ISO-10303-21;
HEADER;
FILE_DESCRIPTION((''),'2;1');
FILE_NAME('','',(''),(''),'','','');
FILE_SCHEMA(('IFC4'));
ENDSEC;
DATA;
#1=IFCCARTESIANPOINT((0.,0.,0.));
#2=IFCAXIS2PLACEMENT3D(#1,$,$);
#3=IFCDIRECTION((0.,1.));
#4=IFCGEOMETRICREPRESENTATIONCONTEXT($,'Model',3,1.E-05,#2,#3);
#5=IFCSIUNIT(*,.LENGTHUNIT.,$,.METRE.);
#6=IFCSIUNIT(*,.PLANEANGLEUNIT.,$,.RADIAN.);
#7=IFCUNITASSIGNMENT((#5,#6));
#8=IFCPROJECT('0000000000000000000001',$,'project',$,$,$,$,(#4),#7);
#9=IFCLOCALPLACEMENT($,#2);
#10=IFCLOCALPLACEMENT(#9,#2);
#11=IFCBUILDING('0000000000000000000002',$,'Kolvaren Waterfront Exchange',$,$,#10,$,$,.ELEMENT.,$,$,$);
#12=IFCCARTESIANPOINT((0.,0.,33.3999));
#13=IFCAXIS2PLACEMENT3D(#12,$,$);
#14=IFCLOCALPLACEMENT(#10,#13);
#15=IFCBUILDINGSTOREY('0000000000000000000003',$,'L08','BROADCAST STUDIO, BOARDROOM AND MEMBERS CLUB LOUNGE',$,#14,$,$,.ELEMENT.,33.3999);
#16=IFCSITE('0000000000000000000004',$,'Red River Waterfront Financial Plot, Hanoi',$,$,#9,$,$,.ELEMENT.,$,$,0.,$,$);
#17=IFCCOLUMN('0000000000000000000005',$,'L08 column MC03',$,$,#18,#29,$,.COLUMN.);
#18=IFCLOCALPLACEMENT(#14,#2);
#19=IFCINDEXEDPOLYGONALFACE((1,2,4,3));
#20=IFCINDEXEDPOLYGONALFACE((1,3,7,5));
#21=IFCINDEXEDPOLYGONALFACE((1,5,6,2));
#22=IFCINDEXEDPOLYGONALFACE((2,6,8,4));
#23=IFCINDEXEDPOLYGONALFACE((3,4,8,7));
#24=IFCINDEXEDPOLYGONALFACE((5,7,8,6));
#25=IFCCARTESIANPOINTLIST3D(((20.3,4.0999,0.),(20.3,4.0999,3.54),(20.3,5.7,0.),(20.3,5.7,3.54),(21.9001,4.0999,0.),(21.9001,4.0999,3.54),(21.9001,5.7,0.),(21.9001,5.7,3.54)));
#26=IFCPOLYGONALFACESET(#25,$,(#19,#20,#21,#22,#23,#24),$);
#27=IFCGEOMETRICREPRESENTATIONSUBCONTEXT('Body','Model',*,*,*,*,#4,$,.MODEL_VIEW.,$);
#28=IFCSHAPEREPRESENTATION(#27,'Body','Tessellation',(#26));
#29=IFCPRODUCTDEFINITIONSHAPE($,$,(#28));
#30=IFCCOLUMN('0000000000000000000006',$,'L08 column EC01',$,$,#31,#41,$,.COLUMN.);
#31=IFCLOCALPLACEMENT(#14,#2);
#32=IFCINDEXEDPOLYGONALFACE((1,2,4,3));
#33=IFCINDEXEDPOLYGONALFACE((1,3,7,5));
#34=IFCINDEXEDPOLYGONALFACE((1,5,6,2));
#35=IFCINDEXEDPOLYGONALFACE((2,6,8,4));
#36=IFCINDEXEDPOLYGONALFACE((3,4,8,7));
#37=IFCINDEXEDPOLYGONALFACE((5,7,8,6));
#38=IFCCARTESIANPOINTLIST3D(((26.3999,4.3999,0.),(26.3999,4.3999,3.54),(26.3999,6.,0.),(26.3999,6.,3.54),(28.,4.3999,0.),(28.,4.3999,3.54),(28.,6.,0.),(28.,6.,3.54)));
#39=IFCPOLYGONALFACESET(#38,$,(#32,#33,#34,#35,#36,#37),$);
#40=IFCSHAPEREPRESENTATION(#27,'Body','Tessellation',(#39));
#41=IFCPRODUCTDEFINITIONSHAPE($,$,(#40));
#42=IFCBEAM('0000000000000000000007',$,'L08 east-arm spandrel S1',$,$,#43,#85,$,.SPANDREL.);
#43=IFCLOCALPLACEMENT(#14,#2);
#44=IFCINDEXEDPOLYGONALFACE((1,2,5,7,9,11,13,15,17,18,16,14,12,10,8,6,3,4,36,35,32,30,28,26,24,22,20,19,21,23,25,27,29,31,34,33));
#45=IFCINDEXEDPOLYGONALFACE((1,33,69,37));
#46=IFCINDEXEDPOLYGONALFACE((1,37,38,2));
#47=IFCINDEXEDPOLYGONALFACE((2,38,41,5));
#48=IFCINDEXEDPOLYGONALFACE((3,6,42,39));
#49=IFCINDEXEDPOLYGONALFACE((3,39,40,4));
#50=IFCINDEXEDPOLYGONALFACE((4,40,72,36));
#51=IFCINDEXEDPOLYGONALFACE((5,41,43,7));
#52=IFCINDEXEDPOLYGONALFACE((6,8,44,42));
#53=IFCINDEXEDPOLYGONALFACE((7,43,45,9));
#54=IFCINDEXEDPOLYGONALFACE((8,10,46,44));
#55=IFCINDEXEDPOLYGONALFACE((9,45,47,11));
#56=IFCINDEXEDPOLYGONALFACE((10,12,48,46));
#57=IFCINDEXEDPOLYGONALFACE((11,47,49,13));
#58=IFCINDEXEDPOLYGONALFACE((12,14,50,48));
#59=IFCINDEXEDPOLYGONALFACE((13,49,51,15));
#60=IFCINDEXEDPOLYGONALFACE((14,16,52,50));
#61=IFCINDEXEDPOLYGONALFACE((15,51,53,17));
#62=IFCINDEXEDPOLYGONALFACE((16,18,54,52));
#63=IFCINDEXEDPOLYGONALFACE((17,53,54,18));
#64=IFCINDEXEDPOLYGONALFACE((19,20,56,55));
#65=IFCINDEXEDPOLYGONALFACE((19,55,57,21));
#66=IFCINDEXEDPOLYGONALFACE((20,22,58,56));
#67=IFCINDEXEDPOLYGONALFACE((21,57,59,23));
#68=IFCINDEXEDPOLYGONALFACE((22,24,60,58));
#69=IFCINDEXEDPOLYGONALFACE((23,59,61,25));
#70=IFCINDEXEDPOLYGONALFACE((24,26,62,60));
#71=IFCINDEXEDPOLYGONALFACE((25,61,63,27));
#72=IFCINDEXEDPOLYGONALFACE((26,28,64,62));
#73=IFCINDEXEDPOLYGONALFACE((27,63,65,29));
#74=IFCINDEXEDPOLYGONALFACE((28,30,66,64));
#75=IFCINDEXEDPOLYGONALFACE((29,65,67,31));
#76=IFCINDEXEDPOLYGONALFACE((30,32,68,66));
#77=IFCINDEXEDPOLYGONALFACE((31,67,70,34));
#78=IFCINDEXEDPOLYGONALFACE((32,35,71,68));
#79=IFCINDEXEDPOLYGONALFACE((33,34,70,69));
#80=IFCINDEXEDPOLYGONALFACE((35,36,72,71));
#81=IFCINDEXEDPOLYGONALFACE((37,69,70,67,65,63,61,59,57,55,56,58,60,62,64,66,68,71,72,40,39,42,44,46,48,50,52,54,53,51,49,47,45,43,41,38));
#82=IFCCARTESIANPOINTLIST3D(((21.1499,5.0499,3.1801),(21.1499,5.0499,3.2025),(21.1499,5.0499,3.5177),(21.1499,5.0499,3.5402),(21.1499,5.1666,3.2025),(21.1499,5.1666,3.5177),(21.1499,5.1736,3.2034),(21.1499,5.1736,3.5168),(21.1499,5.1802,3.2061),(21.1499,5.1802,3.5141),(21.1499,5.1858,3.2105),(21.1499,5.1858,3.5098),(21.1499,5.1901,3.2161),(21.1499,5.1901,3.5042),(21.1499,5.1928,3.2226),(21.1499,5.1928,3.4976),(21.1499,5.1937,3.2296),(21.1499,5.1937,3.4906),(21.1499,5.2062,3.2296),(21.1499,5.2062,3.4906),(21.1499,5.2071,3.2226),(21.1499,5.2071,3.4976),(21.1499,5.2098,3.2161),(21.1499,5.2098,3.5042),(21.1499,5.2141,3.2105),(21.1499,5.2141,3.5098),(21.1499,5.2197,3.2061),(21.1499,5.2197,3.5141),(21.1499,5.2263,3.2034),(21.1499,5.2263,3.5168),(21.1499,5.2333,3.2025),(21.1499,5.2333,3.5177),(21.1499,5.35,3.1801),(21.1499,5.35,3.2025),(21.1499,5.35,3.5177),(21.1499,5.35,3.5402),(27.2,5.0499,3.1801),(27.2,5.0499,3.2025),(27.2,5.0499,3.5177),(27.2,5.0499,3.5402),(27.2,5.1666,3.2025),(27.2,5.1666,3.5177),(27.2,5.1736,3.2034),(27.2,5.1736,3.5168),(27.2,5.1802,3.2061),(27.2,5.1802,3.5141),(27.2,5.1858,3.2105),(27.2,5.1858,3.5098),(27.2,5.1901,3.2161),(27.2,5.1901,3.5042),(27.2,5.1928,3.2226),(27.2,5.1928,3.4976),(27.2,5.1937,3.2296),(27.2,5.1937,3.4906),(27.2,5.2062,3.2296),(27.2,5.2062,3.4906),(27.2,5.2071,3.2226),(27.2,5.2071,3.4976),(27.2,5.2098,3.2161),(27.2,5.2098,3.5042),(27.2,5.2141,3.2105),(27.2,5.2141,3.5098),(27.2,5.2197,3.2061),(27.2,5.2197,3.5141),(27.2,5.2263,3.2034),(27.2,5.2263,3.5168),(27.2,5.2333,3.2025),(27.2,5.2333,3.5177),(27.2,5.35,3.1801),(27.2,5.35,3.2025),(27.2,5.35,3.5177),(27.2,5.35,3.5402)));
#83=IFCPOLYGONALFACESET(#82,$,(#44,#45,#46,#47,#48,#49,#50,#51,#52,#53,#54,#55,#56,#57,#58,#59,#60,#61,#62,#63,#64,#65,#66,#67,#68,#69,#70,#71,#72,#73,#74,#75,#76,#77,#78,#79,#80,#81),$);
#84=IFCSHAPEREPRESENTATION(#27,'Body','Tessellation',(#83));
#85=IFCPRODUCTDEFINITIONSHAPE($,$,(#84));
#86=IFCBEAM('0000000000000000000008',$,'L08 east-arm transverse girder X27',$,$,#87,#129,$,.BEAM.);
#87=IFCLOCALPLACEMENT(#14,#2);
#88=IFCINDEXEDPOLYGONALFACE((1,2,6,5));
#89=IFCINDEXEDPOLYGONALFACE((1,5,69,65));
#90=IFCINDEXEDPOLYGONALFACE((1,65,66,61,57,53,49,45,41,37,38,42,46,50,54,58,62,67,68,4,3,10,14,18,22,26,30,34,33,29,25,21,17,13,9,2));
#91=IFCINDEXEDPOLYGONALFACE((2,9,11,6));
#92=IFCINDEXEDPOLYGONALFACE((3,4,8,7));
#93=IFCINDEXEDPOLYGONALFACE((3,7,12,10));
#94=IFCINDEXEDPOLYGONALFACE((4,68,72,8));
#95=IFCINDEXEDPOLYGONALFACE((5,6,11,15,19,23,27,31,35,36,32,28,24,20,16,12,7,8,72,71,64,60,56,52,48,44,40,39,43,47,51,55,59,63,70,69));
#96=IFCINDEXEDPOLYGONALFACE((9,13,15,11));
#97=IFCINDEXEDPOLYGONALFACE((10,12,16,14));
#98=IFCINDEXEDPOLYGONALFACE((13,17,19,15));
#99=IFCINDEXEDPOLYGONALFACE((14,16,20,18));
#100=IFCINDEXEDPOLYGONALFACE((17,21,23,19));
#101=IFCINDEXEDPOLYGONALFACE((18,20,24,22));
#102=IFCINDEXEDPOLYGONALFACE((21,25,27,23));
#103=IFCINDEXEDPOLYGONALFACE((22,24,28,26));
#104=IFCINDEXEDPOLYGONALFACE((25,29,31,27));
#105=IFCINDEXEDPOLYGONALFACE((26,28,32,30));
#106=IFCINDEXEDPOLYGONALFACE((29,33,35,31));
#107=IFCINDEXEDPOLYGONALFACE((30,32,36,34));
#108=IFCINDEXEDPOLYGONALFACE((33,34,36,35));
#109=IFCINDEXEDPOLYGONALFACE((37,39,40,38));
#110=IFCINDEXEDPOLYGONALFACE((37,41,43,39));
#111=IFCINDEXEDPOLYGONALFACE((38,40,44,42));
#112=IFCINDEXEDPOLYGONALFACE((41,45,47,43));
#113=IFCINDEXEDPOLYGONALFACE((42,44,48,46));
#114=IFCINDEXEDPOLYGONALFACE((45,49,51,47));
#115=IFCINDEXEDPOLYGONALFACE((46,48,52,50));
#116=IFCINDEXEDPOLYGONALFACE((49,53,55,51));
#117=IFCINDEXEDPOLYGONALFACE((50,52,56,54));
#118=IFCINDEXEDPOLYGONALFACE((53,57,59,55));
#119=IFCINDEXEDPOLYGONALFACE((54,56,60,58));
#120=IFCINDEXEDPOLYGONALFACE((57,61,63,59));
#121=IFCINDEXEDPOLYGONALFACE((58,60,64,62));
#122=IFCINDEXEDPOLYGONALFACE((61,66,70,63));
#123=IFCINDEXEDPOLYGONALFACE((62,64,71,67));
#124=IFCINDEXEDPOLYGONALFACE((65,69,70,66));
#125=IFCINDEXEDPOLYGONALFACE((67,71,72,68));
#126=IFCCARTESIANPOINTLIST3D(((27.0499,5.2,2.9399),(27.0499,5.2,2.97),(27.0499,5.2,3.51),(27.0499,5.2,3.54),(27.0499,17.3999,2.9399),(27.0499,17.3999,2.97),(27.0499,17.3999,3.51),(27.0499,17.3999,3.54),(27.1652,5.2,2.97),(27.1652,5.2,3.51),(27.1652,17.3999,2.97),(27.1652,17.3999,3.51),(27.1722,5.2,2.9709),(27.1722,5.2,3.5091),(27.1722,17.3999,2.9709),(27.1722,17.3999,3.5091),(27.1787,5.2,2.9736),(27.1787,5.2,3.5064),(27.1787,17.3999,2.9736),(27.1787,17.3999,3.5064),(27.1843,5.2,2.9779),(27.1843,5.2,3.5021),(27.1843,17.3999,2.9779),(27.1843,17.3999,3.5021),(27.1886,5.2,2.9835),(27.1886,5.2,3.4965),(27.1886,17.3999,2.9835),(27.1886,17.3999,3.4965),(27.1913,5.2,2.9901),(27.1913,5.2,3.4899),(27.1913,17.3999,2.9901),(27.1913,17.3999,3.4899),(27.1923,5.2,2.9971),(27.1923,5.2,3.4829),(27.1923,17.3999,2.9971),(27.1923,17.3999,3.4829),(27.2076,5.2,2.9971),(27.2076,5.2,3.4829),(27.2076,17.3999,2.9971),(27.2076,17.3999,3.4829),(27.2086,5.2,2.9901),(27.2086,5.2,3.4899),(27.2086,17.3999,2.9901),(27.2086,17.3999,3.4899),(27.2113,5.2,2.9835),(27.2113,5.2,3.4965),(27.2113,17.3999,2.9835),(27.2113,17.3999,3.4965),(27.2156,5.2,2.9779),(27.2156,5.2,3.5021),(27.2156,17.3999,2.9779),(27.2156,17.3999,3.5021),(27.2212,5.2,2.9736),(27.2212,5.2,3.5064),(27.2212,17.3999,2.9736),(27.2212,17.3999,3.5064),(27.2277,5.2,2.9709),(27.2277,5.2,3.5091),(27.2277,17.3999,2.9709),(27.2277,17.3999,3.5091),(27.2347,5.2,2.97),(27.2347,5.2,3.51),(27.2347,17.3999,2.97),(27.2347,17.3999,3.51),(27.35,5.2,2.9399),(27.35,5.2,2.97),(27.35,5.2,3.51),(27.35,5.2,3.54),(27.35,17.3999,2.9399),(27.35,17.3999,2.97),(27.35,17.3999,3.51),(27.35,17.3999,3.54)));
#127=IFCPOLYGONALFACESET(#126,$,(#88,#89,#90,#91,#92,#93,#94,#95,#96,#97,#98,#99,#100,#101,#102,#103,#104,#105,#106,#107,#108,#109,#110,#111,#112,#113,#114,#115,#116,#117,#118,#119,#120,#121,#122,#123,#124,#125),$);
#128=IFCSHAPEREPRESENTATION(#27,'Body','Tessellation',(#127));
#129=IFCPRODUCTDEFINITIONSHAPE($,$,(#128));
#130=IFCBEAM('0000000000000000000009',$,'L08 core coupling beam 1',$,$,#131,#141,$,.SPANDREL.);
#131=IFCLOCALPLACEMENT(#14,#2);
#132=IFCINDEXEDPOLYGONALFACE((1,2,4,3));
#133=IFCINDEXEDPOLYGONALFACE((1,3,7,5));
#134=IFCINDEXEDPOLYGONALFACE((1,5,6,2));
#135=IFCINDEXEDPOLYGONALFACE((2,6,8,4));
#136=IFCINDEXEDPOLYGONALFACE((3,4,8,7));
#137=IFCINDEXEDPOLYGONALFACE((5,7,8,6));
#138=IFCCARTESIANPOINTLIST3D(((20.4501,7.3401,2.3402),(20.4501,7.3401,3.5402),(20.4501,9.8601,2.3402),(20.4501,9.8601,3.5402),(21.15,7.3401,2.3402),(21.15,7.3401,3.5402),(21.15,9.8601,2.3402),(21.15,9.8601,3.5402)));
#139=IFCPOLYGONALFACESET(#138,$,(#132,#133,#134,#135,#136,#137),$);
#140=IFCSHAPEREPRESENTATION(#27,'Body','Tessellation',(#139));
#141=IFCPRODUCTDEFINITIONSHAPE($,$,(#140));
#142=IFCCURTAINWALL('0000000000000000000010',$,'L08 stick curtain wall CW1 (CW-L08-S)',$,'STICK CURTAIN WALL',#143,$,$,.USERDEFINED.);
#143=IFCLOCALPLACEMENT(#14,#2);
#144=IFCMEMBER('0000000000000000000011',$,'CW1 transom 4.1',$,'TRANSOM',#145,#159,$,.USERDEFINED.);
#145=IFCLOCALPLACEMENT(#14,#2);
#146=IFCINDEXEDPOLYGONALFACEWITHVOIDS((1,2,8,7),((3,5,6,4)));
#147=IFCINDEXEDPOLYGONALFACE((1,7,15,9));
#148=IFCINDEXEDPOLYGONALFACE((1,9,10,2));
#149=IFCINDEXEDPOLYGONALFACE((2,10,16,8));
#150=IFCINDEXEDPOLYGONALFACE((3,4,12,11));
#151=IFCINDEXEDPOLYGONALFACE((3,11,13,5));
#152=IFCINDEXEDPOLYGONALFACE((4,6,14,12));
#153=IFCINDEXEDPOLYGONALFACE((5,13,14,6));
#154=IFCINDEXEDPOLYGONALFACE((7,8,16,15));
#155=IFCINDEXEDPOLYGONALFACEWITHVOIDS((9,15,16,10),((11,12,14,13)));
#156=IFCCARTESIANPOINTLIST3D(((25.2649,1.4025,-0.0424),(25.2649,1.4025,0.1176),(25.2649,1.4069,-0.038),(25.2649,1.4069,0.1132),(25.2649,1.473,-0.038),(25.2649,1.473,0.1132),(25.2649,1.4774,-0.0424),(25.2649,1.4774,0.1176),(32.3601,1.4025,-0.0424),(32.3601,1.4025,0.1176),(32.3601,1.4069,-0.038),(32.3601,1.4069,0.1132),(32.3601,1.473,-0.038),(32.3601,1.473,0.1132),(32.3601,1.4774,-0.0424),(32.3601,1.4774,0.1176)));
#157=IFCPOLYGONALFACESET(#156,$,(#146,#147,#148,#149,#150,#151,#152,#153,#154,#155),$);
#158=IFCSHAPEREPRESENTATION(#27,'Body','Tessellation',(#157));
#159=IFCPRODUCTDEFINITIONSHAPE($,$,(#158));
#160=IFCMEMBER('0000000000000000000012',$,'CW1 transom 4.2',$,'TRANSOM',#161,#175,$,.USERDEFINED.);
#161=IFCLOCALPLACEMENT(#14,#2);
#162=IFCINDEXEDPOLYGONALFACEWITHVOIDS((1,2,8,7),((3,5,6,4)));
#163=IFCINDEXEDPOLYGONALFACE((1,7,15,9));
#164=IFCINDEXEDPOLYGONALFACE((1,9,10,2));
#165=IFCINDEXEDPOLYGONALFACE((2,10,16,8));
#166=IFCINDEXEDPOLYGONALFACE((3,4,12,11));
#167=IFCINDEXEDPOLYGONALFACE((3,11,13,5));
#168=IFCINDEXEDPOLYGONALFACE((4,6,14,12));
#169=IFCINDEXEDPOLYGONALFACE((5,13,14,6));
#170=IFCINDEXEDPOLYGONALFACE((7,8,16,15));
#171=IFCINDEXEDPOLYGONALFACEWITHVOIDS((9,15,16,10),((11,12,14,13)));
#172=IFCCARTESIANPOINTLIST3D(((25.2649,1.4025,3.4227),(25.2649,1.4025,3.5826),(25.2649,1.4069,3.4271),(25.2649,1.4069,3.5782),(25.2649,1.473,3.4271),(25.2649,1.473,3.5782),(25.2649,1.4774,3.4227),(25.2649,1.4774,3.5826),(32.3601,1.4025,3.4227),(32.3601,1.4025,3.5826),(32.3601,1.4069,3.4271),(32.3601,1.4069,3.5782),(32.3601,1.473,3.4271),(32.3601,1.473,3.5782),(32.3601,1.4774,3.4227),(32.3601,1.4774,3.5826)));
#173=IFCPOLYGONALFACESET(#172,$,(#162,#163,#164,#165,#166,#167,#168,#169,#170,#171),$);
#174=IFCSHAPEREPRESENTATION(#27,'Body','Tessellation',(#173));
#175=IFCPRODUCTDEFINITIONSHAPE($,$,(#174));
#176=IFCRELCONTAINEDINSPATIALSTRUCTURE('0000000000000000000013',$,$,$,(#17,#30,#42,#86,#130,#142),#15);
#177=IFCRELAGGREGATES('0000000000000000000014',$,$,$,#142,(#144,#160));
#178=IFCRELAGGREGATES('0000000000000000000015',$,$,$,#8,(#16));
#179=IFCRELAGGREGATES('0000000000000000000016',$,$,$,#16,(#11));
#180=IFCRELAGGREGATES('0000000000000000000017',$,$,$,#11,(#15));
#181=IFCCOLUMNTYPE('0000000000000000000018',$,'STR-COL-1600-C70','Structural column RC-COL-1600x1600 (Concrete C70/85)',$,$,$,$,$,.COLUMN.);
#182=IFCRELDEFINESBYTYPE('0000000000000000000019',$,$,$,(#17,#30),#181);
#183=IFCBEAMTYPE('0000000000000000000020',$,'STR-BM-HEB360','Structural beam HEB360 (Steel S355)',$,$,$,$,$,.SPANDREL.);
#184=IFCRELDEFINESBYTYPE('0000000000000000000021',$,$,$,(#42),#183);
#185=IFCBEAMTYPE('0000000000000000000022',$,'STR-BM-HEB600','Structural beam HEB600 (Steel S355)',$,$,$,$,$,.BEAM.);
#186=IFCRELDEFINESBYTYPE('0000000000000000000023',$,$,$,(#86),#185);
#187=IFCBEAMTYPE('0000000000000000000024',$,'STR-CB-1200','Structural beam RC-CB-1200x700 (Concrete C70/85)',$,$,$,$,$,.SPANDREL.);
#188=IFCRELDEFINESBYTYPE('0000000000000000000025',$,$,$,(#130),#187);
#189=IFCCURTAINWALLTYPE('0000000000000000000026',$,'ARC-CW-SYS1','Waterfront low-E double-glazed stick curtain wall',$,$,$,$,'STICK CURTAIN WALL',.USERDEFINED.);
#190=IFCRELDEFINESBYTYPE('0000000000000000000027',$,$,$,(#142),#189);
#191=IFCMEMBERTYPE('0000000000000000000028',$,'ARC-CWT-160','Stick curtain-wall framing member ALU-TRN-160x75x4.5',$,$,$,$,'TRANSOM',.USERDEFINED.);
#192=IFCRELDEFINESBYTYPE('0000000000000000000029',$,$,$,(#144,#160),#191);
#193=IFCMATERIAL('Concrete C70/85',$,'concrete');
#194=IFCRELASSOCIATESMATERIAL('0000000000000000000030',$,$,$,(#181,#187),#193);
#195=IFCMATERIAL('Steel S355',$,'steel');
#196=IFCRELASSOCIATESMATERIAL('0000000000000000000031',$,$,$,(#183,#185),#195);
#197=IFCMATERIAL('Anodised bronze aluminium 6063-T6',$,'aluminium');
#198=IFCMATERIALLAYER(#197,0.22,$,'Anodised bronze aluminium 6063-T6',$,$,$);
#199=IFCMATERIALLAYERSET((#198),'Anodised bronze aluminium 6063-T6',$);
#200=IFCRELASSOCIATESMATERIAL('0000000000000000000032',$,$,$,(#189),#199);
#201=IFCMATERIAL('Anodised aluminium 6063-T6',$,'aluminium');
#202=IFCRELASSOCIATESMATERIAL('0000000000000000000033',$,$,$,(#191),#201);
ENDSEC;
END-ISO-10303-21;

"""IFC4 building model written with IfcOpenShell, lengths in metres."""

from ifc_helpers import new_model, si_unit, direction, frame, origin, origin_with_axes, origin_2d, place, context, subcontext, project, spatial, rectangle, hollow_rectangle, i_section, extrude, source, transform, mapped, material, layer, layer_set, material_profile, profile_set, type_object, element, aggregate, save


model = new_model("IFC4")

# Units and contexts
model_context = context("Model", 3, precision=1e-05, world=origin(), true_north=direction((0.0, 1.0)))
body_context = subcontext(model_context, "Body", "Model", "MODEL_VIEW")
ifc_project = project(units=[si_unit("LENGTHUNIT", "METRE"), si_unit("PLANEANGLEUNIT", "RADIAN")], contexts=[model_context])

# Site, building, storey
site_placement = place(None, origin())
site = spatial("IfcSite", under=ifc_project, at=site_placement, Name="Red River Waterfront Financial Plot, Hanoi", CompositionType="ELEMENT", RefElevation=0.0)
building_placement = place(site_placement, origin())
building = spatial("IfcBuilding", under=site, at=building_placement, Name="Kolvaren Waterfront Exchange", CompositionType="ELEMENT")
storey_placement = place(building_placement, frame((0.0, 0.0, 33.3999)))
storey = spatial("IfcBuildingStorey", under=building, at=storey_placement, Name="L08", Description="BROADCAST STUDIO, BOARDROOM AND MEMBERS CLUB LOUNGE", CompositionType="ELEMENT", Elevation=33.3999)

# Columns
ifc_material_1 = material(Name="Concrete C70/85", Category="concrete")
ifc_material_profile_1 = material_profile(ifc_material_1, rectangle(XDim=1.6001, YDim=1.6001, at=origin_2d()), Name="RC-COL-1600x1600")
ifc_profile_set_1 = profile_set([ifc_material_profile_1], Name="Concrete C70/85")
column_type = type_object("IfcColumnType", Name="STR-COL-1600-C70", Description="Structural column RC-COL-1600x1600 (Concrete C70/85)", PredefinedType="COLUMN", material=ifc_profile_set_1)
for number, where, z_axis, x_axis, name in (
    (1, (21.1001, 4.8999, 0.0), (0.0, 0.0, 1.0), (1.0, 0.0, 0.0), "L08 column MC03"),
    (2, (27.2, 5.2, 0.0), (0.0, 0.0, 1.0), (1.0, 0.0, 0.0), "L08 column EC01"),
):
    element("IfcColumn", number, at=place(storey_placement, frame(where, z_axis=z_axis, x_axis=x_axis)), inside=storey, type_object=column_type, Name=name, PredefinedType="COLUMN", context=body_context, shape_type="SweptSolid", body=[
        extrude(rectangle(XDim=1.6001, YDim=1.6001, at=origin_2d()), origin(), (0.0, 0.0, 1.0), 3.54),
    ])

# Beams
ifc_material_2 = material(Name="Steel S355", Category="steel")
ifc_material_profile_2 = material_profile(ifc_material_2, i_section(OverallWidth=0.3, OverallDepth=0.3601, WebThickness=0.0125, FlangeThickness=0.0225, FilletRadius=0.0271, at=origin_2d()), Name="HEB360")
ifc_profile_set_2 = profile_set([ifc_material_profile_2], Name="Steel S355")
beam_type_1 = type_object("IfcBeamType", Name="STR-BM-HEB360", Description="Structural beam HEB360 (Steel S355)", PredefinedType="SPANDREL", material=ifc_profile_set_2)
beam_1_placement = place(storey_placement, frame((21.1499, 5.2, 3.3601), z_axis=(1.0, 0.0, 0.0), x_axis=(0.0, 1.0, 0.0)))
element("IfcBeam", 3, at=beam_1_placement, inside=storey, type_object=beam_type_1, Name="L08 east-arm spandrel S1", PredefinedType="SPANDREL", context=body_context, shape_type="SweptSolid", body=[
    extrude(i_section(OverallWidth=0.3, OverallDepth=0.3601, WebThickness=0.0125, FlangeThickness=0.0225, FilletRadius=0.0271, at=origin_2d()), origin(), (0.0, 0.0, 1.0), 6.05),
])
ifc_material_profile_3 = material_profile(ifc_material_2, i_section(OverallWidth=0.3, OverallDepth=0.6001, WebThickness=0.0154, FlangeThickness=0.03, FilletRadius=0.0271, at=origin_2d()), Name="HEB600")
ifc_profile_set_3 = profile_set([ifc_material_profile_3], Name="Steel S355")
beam_type_2 = type_object("IfcBeamType", Name="STR-BM-HEB600", Description="Structural beam HEB600 (Steel S355)", PredefinedType="BEAM", material=ifc_profile_set_3)
beam_2_placement = place(storey_placement, frame((27.2, 5.2, 3.24), z_axis=(0.0, 1.0, 0.0), x_axis=(-1.0, 0.0, 0.0)))
element("IfcBeam", 4, at=beam_2_placement, inside=storey, type_object=beam_type_2, Name="L08 east-arm transverse girder X27", PredefinedType="BEAM", context=body_context, shape_type="SweptSolid", body=[
    extrude(i_section(OverallWidth=0.3, OverallDepth=0.6001, WebThickness=0.0154, FlangeThickness=0.03, FilletRadius=0.0271, at=origin_2d()), origin(), (0.0, 0.0, 1.0), 12.2),
])
ifc_material_profile_4 = material_profile(ifc_material_1, rectangle(XDim=0.7, YDim=1.2, at=origin_2d()), Name="RC-CB-1200x700")
ifc_profile_set_4 = profile_set([ifc_material_profile_4], Name="Concrete C70/85")
beam_type_3 = type_object("IfcBeamType", Name="STR-CB-1200", Description="Structural beam RC-CB-1200x700 (Concrete C70/85)", PredefinedType="SPANDREL", material=ifc_profile_set_4)
beam_3_placement = place(storey_placement, frame((20.8, 7.3401, 2.9402), z_axis=(0.0, 1.0, 0.0), x_axis=(-1.0, 0.0, 0.0)))
element("IfcBeam", 5, at=beam_3_placement, inside=storey, type_object=beam_type_3, Name="L08 core coupling beam 1", PredefinedType="SPANDREL", context=body_context, shape_type="SweptSolid", body=[
    extrude(rectangle(XDim=0.7, YDim=1.2, at=origin_2d()), origin(), (0.0, 0.0, 1.0), 2.52),
])

# Curtain wall, members
ifc_material_3 = material(Name="Anodised bronze aluminium 6063-T6", Category="aluminium")
ifc_layer_1 = layer(ifc_material_3, 0.22, Name="Anodised bronze aluminium 6063-T6")
ifc_layer_set_1 = layer_set([ifc_layer_1], Name="Anodised bronze aluminium 6063-T6")
curtain_wall_type_1 = type_object("IfcCurtainWallType", Name="ARC-CW-SYS1", Description="Waterfront low-E double-glazed stick curtain wall", ElementType="STICK CURTAIN WALL", PredefinedType="USERDEFINED", material=ifc_layer_set_1)
curtain_wall_1_placement = place(storey_placement, origin())
curtain_wall_1 = element("IfcCurtainWall", 6, at=curtain_wall_1_placement, inside=storey, type_object=curtain_wall_type_1, Name="L08 stick curtain wall CW1 (CW-L08-S)", ObjectType="STICK CURTAIN WALL", PredefinedType="USERDEFINED")
ifc_material_4 = material(Name="Anodised aluminium 6063-T6", Category="aluminium")
ifc_material_profile_5 = material_profile(ifc_material_4, hollow_rectangle(XDim=0.075, YDim=0.1599, WallThickness=0.0044, at=origin_2d()), Name="ALU-TRN-160x75x4.5")
ifc_profile_set_5 = profile_set([ifc_material_profile_5], Name="Anodised aluminium 6063-T6")
member_type_1 = type_object("IfcMemberType", Name="ARC-CWT-160", Description="Stick curtain-wall framing member ALU-TRN-160x75x4.5", ElementType="TRANSOM", PredefinedType="USERDEFINED", material=ifc_profile_set_5)
shared_shape_1 = source(origin_with_axes(), body_context, "Body", "SweptSolid", [
    extrude(hollow_rectangle(XDim=0.075, YDim=0.1599, WallThickness=0.0044, at=origin_2d()), origin(), (0.0, 0.0, 1.0), 7.0952),
])
member_1_placement = place(storey_placement, frame((25.2649, 1.4399, 0.0376), z_axis=(1.0, 0.0, 0.0), x_axis=(0.0, 1.0, 0.0)))
member_1 = element("IfcMember", 7, at=member_1_placement, type_object=member_type_1, Name="CW1 transom 4.1", ObjectType="TRANSOM", PredefinedType="USERDEFINED", context=body_context, shape_type="MappedRepresentation", body=[
    mapped(shared_shape_1, transform((0.0, 0.0, 0.0), x_axis=(1.0, 0.0, 0.0), y_axis=(0.0, 1.0, 0.0), z_axis=(0.0, 0.0, 1.0), scale=1.0)),
])
member_2_placement = place(storey_placement, frame((25.2649, 1.4399, 3.5027), z_axis=(1.0, 0.0, 0.0), x_axis=(0.0, 1.0, 0.0)))
member_2 = element("IfcMember", 8, at=member_2_placement, type_object=member_type_1, Name="CW1 transom 4.2", ObjectType="TRANSOM", PredefinedType="USERDEFINED", context=body_context, shape_type="MappedRepresentation", body=[
    mapped(shared_shape_1, transform((0.0, 0.0, 0.0), x_axis=(1.0, 0.0, 0.0), y_axis=(0.0, 1.0, 0.0), z_axis=(0.0, 0.0, 1.0), scale=1.0)),
])

aggregate(curtain_wall_1, [member_1, member_2])

save(model, "model.ifc")
